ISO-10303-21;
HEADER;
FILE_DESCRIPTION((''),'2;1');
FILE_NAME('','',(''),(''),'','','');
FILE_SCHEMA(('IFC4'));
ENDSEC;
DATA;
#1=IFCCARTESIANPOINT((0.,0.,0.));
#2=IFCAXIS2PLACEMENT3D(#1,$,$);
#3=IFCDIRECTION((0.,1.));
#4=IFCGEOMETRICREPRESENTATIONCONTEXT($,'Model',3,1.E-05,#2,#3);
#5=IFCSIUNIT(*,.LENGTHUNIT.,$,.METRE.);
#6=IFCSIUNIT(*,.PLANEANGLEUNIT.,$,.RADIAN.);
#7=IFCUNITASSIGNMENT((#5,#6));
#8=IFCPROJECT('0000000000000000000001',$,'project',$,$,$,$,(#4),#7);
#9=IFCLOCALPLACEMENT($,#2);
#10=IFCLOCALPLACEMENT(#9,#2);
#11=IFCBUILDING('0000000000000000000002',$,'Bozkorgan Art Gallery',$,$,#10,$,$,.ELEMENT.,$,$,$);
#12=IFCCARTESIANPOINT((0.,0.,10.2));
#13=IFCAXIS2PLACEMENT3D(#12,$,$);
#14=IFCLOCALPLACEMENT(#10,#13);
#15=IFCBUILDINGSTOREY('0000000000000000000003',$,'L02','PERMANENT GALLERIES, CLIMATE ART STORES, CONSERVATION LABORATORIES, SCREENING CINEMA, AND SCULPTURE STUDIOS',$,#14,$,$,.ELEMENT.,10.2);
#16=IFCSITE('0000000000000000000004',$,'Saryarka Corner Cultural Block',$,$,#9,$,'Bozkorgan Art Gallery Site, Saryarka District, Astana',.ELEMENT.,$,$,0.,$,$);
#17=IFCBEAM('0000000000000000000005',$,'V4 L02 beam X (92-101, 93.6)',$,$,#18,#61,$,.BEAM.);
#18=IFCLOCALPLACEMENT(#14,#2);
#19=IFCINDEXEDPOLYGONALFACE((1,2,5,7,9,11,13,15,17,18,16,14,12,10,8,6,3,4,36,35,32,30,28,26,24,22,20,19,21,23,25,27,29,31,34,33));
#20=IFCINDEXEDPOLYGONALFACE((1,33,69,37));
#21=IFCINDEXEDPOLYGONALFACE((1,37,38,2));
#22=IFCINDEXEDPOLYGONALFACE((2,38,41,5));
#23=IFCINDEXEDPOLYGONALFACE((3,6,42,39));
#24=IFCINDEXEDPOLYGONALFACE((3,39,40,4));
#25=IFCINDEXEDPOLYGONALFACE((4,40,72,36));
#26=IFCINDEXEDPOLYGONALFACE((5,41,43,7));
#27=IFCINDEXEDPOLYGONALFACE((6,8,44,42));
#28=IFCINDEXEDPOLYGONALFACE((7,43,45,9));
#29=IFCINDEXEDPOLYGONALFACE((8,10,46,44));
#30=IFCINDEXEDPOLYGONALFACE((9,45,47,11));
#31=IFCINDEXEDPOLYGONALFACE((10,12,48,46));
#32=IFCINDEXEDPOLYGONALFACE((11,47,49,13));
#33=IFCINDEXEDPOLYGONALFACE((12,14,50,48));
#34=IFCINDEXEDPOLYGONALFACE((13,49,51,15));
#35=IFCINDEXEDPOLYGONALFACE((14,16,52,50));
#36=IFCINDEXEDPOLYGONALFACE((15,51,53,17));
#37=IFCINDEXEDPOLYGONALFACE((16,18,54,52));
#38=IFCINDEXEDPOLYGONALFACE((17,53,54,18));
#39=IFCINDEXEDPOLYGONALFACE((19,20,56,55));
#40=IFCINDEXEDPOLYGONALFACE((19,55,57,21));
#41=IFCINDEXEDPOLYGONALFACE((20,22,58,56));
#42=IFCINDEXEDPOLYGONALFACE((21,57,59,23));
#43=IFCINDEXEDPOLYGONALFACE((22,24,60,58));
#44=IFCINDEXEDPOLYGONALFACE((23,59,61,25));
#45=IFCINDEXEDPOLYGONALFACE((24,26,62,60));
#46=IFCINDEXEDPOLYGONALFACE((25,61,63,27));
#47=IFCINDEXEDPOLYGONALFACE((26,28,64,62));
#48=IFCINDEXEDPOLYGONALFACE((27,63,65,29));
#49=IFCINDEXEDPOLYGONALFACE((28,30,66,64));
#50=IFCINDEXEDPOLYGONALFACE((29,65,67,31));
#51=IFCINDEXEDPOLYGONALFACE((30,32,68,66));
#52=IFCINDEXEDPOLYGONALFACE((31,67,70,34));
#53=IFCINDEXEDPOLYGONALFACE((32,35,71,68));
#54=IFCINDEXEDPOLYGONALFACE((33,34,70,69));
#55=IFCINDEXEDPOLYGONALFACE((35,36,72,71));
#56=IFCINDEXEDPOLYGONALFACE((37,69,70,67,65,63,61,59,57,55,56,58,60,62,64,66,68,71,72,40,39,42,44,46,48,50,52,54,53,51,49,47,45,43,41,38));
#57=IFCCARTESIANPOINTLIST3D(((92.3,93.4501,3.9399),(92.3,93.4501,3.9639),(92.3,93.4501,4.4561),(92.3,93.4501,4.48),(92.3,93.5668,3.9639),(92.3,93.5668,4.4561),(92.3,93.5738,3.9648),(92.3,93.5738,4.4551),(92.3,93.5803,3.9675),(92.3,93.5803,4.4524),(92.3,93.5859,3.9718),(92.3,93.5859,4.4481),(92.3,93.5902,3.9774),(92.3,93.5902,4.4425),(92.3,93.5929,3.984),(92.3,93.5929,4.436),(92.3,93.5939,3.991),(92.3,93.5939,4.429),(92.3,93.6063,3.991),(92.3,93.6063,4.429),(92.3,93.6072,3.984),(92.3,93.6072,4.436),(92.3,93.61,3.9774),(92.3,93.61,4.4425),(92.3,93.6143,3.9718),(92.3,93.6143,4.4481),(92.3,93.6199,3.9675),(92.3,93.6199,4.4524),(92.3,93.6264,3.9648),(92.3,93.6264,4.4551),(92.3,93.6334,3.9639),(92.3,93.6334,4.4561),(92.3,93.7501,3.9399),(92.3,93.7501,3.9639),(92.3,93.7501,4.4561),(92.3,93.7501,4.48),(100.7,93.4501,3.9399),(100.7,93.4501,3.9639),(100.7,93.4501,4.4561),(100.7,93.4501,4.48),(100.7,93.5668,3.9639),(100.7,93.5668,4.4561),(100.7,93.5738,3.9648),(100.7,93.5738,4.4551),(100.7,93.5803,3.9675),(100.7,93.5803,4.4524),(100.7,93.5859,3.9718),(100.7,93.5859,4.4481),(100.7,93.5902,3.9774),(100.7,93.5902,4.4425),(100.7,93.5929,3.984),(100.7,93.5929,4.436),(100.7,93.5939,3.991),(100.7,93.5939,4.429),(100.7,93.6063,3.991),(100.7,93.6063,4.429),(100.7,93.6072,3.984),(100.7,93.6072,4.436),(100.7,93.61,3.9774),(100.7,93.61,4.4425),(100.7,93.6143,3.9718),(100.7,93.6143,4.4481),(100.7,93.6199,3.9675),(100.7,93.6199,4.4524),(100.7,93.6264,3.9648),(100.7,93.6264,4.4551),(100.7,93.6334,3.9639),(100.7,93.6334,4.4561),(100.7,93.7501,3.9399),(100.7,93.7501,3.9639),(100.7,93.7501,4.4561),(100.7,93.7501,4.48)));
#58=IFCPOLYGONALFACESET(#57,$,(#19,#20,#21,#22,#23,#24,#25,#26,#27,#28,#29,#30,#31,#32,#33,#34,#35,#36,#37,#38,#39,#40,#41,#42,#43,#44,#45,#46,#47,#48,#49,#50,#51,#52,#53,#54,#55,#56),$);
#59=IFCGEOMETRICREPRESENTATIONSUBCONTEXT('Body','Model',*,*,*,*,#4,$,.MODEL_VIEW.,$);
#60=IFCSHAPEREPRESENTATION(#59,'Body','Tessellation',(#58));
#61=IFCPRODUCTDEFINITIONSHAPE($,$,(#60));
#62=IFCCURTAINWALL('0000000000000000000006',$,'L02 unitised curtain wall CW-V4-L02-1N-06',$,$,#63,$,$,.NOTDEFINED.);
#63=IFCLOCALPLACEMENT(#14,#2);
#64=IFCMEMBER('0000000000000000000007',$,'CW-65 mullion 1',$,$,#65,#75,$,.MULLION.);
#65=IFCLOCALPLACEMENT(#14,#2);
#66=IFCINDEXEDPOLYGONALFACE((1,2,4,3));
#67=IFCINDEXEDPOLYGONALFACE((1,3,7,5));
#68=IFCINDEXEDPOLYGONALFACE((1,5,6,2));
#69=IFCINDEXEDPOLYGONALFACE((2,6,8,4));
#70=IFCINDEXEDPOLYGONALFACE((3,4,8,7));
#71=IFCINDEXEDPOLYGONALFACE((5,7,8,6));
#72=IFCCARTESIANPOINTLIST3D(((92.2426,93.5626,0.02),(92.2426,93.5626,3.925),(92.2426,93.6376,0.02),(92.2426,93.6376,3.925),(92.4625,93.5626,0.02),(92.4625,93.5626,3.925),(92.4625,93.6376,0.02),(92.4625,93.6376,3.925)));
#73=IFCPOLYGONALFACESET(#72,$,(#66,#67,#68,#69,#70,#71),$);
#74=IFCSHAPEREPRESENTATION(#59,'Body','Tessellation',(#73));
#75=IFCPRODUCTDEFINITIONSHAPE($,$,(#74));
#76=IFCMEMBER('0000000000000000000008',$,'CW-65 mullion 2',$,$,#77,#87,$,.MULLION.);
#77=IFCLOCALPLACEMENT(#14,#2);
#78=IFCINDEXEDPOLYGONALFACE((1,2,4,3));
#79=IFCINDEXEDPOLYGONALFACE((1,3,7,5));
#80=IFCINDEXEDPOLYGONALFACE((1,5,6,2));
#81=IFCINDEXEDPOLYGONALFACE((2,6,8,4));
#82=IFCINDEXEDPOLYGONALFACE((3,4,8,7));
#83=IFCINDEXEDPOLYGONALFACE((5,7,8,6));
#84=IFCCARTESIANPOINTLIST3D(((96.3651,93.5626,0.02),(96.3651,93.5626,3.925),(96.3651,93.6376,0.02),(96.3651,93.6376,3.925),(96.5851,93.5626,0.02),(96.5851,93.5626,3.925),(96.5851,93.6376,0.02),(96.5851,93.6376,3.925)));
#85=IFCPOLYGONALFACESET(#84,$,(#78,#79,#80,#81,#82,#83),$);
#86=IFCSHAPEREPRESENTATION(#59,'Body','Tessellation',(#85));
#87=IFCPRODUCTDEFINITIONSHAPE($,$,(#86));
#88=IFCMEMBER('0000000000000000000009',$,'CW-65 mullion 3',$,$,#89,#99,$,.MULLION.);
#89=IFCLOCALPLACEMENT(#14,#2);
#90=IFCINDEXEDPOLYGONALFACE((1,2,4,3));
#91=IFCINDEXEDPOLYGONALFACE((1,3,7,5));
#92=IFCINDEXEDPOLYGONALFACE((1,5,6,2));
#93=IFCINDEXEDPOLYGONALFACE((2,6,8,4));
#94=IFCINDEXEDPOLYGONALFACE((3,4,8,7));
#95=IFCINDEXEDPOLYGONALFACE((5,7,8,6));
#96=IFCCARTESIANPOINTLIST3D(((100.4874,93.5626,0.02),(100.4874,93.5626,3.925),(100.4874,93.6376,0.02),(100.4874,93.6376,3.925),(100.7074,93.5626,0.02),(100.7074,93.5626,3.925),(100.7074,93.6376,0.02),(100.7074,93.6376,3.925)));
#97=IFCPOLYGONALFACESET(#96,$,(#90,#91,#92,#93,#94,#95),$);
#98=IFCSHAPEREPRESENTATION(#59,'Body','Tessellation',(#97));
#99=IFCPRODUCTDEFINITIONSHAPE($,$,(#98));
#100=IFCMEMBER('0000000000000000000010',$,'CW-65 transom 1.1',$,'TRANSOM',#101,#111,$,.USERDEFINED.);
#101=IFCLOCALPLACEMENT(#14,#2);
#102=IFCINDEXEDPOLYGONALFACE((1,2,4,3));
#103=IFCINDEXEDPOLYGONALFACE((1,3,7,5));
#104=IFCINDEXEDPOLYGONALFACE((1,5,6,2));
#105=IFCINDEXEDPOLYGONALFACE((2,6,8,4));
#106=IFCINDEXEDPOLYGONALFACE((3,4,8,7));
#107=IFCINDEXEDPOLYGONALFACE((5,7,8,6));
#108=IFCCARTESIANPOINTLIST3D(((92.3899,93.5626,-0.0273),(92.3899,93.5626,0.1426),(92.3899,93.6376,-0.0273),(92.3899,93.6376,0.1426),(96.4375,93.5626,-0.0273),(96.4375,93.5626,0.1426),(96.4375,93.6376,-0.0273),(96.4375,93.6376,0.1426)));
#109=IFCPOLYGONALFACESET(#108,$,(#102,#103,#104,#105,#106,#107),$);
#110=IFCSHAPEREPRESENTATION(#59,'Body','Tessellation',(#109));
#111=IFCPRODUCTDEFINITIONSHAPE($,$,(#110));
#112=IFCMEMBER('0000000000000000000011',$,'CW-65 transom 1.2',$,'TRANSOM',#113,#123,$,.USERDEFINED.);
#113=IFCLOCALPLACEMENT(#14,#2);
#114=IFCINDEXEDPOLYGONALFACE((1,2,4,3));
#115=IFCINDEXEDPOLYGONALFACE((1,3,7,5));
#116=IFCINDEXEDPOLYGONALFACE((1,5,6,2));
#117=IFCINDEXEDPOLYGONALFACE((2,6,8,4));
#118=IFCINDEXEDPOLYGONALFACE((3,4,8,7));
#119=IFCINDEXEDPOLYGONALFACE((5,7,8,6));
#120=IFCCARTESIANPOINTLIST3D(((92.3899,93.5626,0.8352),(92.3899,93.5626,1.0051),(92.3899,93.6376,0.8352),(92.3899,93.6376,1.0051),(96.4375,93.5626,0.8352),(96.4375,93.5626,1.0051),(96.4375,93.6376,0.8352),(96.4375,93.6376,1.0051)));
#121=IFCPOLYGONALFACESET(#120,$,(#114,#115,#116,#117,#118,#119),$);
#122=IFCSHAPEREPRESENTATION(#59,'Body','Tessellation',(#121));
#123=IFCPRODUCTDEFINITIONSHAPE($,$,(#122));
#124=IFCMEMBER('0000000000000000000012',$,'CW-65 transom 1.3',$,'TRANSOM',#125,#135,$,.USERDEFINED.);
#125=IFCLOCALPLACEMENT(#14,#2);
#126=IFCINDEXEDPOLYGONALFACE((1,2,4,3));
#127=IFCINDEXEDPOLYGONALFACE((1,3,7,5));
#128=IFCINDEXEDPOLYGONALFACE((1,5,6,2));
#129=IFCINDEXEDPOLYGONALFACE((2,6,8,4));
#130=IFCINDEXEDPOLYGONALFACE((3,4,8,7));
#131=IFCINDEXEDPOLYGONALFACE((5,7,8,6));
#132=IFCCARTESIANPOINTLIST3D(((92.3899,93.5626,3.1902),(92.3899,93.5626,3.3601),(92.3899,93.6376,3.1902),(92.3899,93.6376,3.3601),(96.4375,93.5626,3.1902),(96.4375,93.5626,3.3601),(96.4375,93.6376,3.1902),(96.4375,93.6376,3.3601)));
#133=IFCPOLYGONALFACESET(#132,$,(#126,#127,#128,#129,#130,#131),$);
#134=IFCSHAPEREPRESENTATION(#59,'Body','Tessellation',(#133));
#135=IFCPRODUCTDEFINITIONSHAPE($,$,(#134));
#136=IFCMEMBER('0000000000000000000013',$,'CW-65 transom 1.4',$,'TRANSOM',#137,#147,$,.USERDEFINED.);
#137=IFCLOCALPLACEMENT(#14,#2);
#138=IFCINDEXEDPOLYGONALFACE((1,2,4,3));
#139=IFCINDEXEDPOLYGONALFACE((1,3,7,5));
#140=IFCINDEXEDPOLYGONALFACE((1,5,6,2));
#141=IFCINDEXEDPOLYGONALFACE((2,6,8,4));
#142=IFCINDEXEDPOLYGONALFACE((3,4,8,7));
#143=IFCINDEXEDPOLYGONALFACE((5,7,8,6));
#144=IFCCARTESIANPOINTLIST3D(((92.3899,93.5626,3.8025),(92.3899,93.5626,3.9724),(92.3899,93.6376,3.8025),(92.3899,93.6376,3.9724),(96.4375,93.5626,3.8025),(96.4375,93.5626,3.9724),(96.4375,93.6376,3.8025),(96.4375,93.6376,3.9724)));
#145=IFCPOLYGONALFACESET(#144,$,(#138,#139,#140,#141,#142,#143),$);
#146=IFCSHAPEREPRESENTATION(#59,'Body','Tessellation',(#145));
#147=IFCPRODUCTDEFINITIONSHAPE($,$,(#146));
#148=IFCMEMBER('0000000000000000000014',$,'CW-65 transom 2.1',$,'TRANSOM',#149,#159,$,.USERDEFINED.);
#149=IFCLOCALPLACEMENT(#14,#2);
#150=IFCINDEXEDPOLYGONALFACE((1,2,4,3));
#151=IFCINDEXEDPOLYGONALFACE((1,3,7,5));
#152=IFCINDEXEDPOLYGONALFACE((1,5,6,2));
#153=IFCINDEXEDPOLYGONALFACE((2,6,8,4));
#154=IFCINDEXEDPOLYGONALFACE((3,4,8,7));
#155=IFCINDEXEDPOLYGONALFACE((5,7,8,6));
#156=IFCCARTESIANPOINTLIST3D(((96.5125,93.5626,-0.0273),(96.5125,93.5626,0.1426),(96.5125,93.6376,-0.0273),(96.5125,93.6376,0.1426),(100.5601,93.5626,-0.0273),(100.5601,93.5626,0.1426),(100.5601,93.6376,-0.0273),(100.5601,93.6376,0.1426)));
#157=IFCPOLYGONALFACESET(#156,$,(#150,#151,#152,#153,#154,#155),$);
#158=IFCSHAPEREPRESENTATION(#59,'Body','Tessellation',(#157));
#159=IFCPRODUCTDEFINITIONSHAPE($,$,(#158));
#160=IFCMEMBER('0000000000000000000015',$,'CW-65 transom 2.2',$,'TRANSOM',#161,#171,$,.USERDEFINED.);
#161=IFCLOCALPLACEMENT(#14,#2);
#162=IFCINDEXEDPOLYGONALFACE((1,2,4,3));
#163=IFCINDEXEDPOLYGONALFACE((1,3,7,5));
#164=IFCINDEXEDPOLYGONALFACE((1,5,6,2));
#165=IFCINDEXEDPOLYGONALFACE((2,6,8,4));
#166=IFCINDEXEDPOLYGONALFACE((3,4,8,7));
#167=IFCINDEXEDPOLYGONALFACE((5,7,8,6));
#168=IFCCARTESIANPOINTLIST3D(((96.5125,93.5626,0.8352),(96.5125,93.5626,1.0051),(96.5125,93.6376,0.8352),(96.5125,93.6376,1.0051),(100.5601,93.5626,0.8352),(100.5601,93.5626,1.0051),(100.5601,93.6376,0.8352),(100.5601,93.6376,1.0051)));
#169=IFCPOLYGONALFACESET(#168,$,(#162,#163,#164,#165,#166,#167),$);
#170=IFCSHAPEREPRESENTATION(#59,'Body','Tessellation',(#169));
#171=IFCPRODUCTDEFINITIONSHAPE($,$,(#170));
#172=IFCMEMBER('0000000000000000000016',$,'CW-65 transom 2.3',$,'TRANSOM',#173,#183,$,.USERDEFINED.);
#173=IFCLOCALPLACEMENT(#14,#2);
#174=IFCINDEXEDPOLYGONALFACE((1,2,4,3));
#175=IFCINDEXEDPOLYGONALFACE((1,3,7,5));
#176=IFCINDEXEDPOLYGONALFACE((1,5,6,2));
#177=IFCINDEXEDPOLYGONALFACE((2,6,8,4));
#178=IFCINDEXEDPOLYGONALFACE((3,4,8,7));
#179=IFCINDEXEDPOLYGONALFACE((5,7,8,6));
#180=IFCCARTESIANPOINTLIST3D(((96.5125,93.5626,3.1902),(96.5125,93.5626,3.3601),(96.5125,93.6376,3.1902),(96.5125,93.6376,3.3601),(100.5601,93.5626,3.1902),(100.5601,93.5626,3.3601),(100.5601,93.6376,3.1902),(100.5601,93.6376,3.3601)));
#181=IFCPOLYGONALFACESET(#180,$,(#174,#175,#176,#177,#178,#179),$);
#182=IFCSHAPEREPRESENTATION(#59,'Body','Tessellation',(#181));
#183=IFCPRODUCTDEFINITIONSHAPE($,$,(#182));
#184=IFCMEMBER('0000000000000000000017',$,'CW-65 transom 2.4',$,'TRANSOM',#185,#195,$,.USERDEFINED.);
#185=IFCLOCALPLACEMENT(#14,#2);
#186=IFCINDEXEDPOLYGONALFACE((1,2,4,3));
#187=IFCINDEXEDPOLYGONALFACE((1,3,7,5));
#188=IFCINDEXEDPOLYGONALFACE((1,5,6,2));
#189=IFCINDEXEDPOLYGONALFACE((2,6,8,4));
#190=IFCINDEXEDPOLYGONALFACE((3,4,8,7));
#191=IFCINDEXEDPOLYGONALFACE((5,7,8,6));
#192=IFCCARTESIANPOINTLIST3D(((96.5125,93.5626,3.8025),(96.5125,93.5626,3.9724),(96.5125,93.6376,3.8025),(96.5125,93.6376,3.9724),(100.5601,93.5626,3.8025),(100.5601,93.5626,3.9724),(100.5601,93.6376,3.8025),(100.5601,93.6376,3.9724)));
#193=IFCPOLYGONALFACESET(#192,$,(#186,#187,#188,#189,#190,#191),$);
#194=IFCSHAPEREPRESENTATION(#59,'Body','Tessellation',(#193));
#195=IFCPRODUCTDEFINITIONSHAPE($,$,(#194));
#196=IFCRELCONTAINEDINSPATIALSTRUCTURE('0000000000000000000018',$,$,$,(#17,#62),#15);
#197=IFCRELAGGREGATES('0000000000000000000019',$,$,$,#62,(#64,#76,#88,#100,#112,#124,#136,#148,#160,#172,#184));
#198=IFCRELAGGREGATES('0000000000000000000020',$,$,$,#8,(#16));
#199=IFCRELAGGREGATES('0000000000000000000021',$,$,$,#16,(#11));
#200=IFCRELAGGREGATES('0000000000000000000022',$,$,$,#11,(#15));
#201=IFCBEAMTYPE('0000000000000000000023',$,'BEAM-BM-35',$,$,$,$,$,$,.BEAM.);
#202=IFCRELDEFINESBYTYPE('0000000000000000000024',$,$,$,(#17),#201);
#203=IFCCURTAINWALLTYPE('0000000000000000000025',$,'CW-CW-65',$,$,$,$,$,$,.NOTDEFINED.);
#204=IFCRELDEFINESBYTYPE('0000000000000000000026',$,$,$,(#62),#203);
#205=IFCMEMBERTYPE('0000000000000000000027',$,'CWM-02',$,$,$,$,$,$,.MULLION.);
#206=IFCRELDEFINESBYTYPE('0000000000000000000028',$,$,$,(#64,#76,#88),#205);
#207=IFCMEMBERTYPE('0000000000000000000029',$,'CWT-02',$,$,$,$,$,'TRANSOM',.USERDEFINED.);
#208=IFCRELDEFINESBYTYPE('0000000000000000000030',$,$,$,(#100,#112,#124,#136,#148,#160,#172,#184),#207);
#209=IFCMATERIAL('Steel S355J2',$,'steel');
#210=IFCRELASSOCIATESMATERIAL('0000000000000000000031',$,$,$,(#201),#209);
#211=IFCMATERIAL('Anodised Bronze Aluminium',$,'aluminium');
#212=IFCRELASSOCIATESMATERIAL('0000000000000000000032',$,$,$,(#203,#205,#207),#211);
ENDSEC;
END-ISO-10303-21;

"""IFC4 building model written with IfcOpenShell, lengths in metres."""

from ifc_helpers import new_model, si_unit, direction, frame, origin, origin_2d, place, context, subcontext, project, spatial, rectangle, i_section, extrude, material, material_profile, profile_set, type_object, element, aggregate, save


model = new_model("IFC4")

# Units and contexts
model_context = context("Model", 3, precision=1e-05, world=origin(), true_north=direction((0.0, 1.0)))
body_context = subcontext(model_context, "Body", "Model", "MODEL_VIEW")
ifc_project = project(units=[si_unit("LENGTHUNIT", "METRE"), si_unit("PLANEANGLEUNIT", "RADIAN")], contexts=[model_context])

# Site, building, storey
site_placement = place(None, origin())
site = spatial("IfcSite", under=ifc_project, at=site_placement, Name="Saryarka Corner Cultural Block", LongName="Bozkorgan Art Gallery Site, Saryarka District, Astana", CompositionType="ELEMENT", RefElevation=0.0)
building_placement = place(site_placement, origin())
building = spatial("IfcBuilding", under=site, at=building_placement, Name="Bozkorgan Art Gallery", CompositionType="ELEMENT")
storey_placement = place(building_placement, frame((0.0, 0.0, 10.2)))
storey = spatial("IfcBuildingStorey", under=building, at=storey_placement, Name="L02", Description="PERMANENT GALLERIES, CLIMATE ART STORES, CONSERVATION LABORATORIES, SCREENING CINEMA, AND SCULPTURE STUDIOS", CompositionType="ELEMENT", Elevation=10.2)

# Beam
ifc_material_1 = material(Name="Steel S355J2", Category="steel")
ifc_material_profile_1 = material_profile(ifc_material_1, i_section(OverallWidth=0.3, OverallDepth=0.54, WebThickness=0.0125, FlangeThickness=0.0239, FilletRadius=0.0271, at=origin_2d()), Name="HEA 550")
ifc_profile_set_1 = profile_set([ifc_material_profile_1], Name="Steel S355J2")
beam_type = type_object("IfcBeamType", Name="BEAM-BM-35", PredefinedType="BEAM", material=ifc_profile_set_1)
beam_placement = place(storey_placement, frame((92.3, 93.6001, 4.21), z_axis=(1.0, 0.0, 0.0), x_axis=(0.0, 1.0, 0.0)))
element("IfcBeam", 1, at=beam_placement, inside=storey, type_object=beam_type, Name="V4 L02 beam X (92-101, 93.6)", PredefinedType="BEAM", context=body_context, shape_type="SweptSolid", body=[
    extrude(i_section(OverallWidth=0.3, OverallDepth=0.54, WebThickness=0.0125, FlangeThickness=0.0239, FilletRadius=0.0271, at=origin_2d()), origin(), (0.0, 0.0, 1.0), 8.3999),
])

# Curtain wall, members
ifc_material_2 = material(Name="Anodised Bronze Aluminium", Category="aluminium")
curtain_wall_type = type_object("IfcCurtainWallType", Name="CW-CW-65", PredefinedType="NOTDEFINED", material=ifc_material_2)
curtain_wall_placement = place(storey_placement, origin())
curtain_wall = element("IfcCurtainWall", 2, at=curtain_wall_placement, inside=storey, type_object=curtain_wall_type, Name="L02 unitised curtain wall CW-V4-L02-1N-06", PredefinedType="NOTDEFINED")
ifc_material_profile_2 = material_profile(ifc_material_2, rectangle(XDim=0.075, YDim=0.22, at=origin_2d()), Name="ALU MULLION 75x220")
ifc_profile_set_2 = profile_set([ifc_material_profile_2], Name="Anodised Bronze Aluminium")
member_type_1 = type_object("IfcMemberType", Name="CWM-02", PredefinedType="MULLION", material=ifc_profile_set_2)
member_1_placement = place(storey_placement, frame((92.3525, 93.6001, 0.02), z_axis=(0.0, 0.0, 1.0), x_axis=(0.0, 1.0, 0.0)))
member_1 = element("IfcMember", 3, at=member_1_placement, type_object=member_type_1, Name="CW-65 mullion 1", PredefinedType="MULLION", context=body_context, shape_type="SweptSolid", body=[
    extrude(rectangle(XDim=0.075, YDim=0.22, at=origin_2d()), origin(), (0.0, 0.0, 1.0), 3.905),
])
member_2_placement = place(storey_placement, frame((96.4751, 93.6001, 0.02), z_axis=(0.0, 0.0, 1.0), x_axis=(0.0, 1.0, 0.0)))
member_2 = element("IfcMember", 4, at=member_2_placement, type_object=member_type_1, Name="CW-65 mullion 2", PredefinedType="MULLION", context=body_context, shape_type="SweptSolid", body=[
    extrude(rectangle(XDim=0.075, YDim=0.22, at=origin_2d()), origin(), (0.0, 0.0, 1.0), 3.905),
])
member_3_placement = place(storey_placement, frame((100.5974, 93.6001, 0.02), z_axis=(0.0, 0.0, 1.0), x_axis=(0.0, 1.0, 0.0)))
member_3 = element("IfcMember", 5, at=member_3_placement, type_object=member_type_1, Name="CW-65 mullion 3", PredefinedType="MULLION", context=body_context, shape_type="SweptSolid", body=[
    extrude(rectangle(XDim=0.075, YDim=0.22, at=origin_2d()), origin(), (0.0, 0.0, 1.0), 3.905),
])
ifc_material_profile_3 = material_profile(ifc_material_2, rectangle(XDim=0.075, YDim=0.1699, at=origin_2d()), Name="ALU TRANSOM 75x170")
ifc_profile_set_3 = profile_set([ifc_material_profile_3], Name="Anodised Bronze Aluminium")
member_type_2 = type_object("IfcMemberType", Name="CWT-02", ElementType="TRANSOM", PredefinedType="USERDEFINED", material=ifc_profile_set_3)
member_4_placement = place(storey_placement, frame((92.3899, 93.6001, 0.0576), z_axis=(1.0, 0.0, 0.0), x_axis=(0.0, 1.0, 0.0)))
member_4 = element("IfcMember", 6, at=member_4_placement, type_object=member_type_2, Name="CW-65 transom 1.1", ObjectType="TRANSOM", PredefinedType="USERDEFINED", context=body_context, shape_type="SweptSolid", body=[
    extrude(rectangle(XDim=0.075, YDim=0.1699, at=origin_2d()), origin(), (0.0, 0.0, 1.0), 4.0476),
])
member_5_placement = place(storey_placement, frame((92.3899, 93.6001, 0.9202), z_axis=(1.0, 0.0, 0.0), x_axis=(0.0, 1.0, 0.0)))
member_5 = element("IfcMember", 7, at=member_5_placement, type_object=member_type_2, Name="CW-65 transom 1.2", ObjectType="TRANSOM", PredefinedType="USERDEFINED", context=body_context, shape_type="SweptSolid", body=[
    extrude(rectangle(XDim=0.075, YDim=0.1699, at=origin_2d()), origin(), (0.0, 0.0, 1.0), 4.0476),
])
member_6_placement = place(storey_placement, frame((92.3899, 93.6001, 3.2751), z_axis=(1.0, 0.0, 0.0), x_axis=(0.0, 1.0, 0.0)))
member_6 = element("IfcMember", 8, at=member_6_placement, type_object=member_type_2, Name="CW-65 transom 1.3", ObjectType="TRANSOM", PredefinedType="USERDEFINED", context=body_context, shape_type="SweptSolid", body=[
    extrude(rectangle(XDim=0.075, YDim=0.1699, at=origin_2d()), origin(), (0.0, 0.0, 1.0), 4.0476),
])
member_7_placement = place(storey_placement, frame((92.3899, 93.6001, 3.8875), z_axis=(1.0, 0.0, 0.0), x_axis=(0.0, 1.0, 0.0)))
member_7 = element("IfcMember", 9, at=member_7_placement, type_object=member_type_2, Name="CW-65 transom 1.4", ObjectType="TRANSOM", PredefinedType="USERDEFINED", context=body_context, shape_type="SweptSolid", body=[
    extrude(rectangle(XDim=0.075, YDim=0.1699, at=origin_2d()), origin(), (0.0, 0.0, 1.0), 4.0476),
])
member_8_placement = place(storey_placement, frame((96.5125, 93.6001, 0.0576), z_axis=(1.0, 0.0, 0.0), x_axis=(0.0, 1.0, 0.0)))
member_8 = element("IfcMember", 10, at=member_8_placement, type_object=member_type_2, Name="CW-65 transom 2.1", ObjectType="TRANSOM", PredefinedType="USERDEFINED", context=body_context, shape_type="SweptSolid", body=[
    extrude(rectangle(XDim=0.075, YDim=0.1699, at=origin_2d()), origin(), (0.0, 0.0, 1.0), 4.0476),
])
member_9_placement = place(storey_placement, frame((96.5125, 93.6001, 0.9202), z_axis=(1.0, 0.0, 0.0), x_axis=(0.0, 1.0, 0.0)))
member_9 = element("IfcMember", 11, at=member_9_placement, type_object=member_type_2, Name="CW-65 transom 2.2", ObjectType="TRANSOM", PredefinedType="USERDEFINED", context=body_context, shape_type="SweptSolid", body=[
    extrude(rectangle(XDim=0.075, YDim=0.1699, at=origin_2d()), origin(), (0.0, 0.0, 1.0), 4.0476),
])
member_10_placement = place(storey_placement, frame((96.5125, 93.6001, 3.2751), z_axis=(1.0, 0.0, 0.0), x_axis=(0.0, 1.0, 0.0)))
member_10 = element("IfcMember", 12, at=member_10_placement, type_object=member_type_2, Name="CW-65 transom 2.3", ObjectType="TRANSOM", PredefinedType="USERDEFINED", context=body_context, shape_type="SweptSolid", body=[
    extrude(rectangle(XDim=0.075, YDim=0.1699, at=origin_2d()), origin(), (0.0, 0.0, 1.0), 4.0476),
])
member_11_placement = place(storey_placement, frame((96.5125, 93.6001, 3.8875), z_axis=(1.0, 0.0, 0.0), x_axis=(0.0, 1.0, 0.0)))
member_11 = element("IfcMember", 13, at=member_11_placement, type_object=member_type_2, Name="CW-65 transom 2.4", ObjectType="TRANSOM", PredefinedType="USERDEFINED", context=body_context, shape_type="SweptSolid", body=[
    extrude(rectangle(XDim=0.075, YDim=0.1699, at=origin_2d()), origin(), (0.0, 0.0, 1.0), 4.0476),
])

aggregate(curtain_wall, [member_1, member_2, member_3, member_4, member_5, member_6, member_7, member_8, member_9, member_10, member_11])

save(model, "model.ifc")
